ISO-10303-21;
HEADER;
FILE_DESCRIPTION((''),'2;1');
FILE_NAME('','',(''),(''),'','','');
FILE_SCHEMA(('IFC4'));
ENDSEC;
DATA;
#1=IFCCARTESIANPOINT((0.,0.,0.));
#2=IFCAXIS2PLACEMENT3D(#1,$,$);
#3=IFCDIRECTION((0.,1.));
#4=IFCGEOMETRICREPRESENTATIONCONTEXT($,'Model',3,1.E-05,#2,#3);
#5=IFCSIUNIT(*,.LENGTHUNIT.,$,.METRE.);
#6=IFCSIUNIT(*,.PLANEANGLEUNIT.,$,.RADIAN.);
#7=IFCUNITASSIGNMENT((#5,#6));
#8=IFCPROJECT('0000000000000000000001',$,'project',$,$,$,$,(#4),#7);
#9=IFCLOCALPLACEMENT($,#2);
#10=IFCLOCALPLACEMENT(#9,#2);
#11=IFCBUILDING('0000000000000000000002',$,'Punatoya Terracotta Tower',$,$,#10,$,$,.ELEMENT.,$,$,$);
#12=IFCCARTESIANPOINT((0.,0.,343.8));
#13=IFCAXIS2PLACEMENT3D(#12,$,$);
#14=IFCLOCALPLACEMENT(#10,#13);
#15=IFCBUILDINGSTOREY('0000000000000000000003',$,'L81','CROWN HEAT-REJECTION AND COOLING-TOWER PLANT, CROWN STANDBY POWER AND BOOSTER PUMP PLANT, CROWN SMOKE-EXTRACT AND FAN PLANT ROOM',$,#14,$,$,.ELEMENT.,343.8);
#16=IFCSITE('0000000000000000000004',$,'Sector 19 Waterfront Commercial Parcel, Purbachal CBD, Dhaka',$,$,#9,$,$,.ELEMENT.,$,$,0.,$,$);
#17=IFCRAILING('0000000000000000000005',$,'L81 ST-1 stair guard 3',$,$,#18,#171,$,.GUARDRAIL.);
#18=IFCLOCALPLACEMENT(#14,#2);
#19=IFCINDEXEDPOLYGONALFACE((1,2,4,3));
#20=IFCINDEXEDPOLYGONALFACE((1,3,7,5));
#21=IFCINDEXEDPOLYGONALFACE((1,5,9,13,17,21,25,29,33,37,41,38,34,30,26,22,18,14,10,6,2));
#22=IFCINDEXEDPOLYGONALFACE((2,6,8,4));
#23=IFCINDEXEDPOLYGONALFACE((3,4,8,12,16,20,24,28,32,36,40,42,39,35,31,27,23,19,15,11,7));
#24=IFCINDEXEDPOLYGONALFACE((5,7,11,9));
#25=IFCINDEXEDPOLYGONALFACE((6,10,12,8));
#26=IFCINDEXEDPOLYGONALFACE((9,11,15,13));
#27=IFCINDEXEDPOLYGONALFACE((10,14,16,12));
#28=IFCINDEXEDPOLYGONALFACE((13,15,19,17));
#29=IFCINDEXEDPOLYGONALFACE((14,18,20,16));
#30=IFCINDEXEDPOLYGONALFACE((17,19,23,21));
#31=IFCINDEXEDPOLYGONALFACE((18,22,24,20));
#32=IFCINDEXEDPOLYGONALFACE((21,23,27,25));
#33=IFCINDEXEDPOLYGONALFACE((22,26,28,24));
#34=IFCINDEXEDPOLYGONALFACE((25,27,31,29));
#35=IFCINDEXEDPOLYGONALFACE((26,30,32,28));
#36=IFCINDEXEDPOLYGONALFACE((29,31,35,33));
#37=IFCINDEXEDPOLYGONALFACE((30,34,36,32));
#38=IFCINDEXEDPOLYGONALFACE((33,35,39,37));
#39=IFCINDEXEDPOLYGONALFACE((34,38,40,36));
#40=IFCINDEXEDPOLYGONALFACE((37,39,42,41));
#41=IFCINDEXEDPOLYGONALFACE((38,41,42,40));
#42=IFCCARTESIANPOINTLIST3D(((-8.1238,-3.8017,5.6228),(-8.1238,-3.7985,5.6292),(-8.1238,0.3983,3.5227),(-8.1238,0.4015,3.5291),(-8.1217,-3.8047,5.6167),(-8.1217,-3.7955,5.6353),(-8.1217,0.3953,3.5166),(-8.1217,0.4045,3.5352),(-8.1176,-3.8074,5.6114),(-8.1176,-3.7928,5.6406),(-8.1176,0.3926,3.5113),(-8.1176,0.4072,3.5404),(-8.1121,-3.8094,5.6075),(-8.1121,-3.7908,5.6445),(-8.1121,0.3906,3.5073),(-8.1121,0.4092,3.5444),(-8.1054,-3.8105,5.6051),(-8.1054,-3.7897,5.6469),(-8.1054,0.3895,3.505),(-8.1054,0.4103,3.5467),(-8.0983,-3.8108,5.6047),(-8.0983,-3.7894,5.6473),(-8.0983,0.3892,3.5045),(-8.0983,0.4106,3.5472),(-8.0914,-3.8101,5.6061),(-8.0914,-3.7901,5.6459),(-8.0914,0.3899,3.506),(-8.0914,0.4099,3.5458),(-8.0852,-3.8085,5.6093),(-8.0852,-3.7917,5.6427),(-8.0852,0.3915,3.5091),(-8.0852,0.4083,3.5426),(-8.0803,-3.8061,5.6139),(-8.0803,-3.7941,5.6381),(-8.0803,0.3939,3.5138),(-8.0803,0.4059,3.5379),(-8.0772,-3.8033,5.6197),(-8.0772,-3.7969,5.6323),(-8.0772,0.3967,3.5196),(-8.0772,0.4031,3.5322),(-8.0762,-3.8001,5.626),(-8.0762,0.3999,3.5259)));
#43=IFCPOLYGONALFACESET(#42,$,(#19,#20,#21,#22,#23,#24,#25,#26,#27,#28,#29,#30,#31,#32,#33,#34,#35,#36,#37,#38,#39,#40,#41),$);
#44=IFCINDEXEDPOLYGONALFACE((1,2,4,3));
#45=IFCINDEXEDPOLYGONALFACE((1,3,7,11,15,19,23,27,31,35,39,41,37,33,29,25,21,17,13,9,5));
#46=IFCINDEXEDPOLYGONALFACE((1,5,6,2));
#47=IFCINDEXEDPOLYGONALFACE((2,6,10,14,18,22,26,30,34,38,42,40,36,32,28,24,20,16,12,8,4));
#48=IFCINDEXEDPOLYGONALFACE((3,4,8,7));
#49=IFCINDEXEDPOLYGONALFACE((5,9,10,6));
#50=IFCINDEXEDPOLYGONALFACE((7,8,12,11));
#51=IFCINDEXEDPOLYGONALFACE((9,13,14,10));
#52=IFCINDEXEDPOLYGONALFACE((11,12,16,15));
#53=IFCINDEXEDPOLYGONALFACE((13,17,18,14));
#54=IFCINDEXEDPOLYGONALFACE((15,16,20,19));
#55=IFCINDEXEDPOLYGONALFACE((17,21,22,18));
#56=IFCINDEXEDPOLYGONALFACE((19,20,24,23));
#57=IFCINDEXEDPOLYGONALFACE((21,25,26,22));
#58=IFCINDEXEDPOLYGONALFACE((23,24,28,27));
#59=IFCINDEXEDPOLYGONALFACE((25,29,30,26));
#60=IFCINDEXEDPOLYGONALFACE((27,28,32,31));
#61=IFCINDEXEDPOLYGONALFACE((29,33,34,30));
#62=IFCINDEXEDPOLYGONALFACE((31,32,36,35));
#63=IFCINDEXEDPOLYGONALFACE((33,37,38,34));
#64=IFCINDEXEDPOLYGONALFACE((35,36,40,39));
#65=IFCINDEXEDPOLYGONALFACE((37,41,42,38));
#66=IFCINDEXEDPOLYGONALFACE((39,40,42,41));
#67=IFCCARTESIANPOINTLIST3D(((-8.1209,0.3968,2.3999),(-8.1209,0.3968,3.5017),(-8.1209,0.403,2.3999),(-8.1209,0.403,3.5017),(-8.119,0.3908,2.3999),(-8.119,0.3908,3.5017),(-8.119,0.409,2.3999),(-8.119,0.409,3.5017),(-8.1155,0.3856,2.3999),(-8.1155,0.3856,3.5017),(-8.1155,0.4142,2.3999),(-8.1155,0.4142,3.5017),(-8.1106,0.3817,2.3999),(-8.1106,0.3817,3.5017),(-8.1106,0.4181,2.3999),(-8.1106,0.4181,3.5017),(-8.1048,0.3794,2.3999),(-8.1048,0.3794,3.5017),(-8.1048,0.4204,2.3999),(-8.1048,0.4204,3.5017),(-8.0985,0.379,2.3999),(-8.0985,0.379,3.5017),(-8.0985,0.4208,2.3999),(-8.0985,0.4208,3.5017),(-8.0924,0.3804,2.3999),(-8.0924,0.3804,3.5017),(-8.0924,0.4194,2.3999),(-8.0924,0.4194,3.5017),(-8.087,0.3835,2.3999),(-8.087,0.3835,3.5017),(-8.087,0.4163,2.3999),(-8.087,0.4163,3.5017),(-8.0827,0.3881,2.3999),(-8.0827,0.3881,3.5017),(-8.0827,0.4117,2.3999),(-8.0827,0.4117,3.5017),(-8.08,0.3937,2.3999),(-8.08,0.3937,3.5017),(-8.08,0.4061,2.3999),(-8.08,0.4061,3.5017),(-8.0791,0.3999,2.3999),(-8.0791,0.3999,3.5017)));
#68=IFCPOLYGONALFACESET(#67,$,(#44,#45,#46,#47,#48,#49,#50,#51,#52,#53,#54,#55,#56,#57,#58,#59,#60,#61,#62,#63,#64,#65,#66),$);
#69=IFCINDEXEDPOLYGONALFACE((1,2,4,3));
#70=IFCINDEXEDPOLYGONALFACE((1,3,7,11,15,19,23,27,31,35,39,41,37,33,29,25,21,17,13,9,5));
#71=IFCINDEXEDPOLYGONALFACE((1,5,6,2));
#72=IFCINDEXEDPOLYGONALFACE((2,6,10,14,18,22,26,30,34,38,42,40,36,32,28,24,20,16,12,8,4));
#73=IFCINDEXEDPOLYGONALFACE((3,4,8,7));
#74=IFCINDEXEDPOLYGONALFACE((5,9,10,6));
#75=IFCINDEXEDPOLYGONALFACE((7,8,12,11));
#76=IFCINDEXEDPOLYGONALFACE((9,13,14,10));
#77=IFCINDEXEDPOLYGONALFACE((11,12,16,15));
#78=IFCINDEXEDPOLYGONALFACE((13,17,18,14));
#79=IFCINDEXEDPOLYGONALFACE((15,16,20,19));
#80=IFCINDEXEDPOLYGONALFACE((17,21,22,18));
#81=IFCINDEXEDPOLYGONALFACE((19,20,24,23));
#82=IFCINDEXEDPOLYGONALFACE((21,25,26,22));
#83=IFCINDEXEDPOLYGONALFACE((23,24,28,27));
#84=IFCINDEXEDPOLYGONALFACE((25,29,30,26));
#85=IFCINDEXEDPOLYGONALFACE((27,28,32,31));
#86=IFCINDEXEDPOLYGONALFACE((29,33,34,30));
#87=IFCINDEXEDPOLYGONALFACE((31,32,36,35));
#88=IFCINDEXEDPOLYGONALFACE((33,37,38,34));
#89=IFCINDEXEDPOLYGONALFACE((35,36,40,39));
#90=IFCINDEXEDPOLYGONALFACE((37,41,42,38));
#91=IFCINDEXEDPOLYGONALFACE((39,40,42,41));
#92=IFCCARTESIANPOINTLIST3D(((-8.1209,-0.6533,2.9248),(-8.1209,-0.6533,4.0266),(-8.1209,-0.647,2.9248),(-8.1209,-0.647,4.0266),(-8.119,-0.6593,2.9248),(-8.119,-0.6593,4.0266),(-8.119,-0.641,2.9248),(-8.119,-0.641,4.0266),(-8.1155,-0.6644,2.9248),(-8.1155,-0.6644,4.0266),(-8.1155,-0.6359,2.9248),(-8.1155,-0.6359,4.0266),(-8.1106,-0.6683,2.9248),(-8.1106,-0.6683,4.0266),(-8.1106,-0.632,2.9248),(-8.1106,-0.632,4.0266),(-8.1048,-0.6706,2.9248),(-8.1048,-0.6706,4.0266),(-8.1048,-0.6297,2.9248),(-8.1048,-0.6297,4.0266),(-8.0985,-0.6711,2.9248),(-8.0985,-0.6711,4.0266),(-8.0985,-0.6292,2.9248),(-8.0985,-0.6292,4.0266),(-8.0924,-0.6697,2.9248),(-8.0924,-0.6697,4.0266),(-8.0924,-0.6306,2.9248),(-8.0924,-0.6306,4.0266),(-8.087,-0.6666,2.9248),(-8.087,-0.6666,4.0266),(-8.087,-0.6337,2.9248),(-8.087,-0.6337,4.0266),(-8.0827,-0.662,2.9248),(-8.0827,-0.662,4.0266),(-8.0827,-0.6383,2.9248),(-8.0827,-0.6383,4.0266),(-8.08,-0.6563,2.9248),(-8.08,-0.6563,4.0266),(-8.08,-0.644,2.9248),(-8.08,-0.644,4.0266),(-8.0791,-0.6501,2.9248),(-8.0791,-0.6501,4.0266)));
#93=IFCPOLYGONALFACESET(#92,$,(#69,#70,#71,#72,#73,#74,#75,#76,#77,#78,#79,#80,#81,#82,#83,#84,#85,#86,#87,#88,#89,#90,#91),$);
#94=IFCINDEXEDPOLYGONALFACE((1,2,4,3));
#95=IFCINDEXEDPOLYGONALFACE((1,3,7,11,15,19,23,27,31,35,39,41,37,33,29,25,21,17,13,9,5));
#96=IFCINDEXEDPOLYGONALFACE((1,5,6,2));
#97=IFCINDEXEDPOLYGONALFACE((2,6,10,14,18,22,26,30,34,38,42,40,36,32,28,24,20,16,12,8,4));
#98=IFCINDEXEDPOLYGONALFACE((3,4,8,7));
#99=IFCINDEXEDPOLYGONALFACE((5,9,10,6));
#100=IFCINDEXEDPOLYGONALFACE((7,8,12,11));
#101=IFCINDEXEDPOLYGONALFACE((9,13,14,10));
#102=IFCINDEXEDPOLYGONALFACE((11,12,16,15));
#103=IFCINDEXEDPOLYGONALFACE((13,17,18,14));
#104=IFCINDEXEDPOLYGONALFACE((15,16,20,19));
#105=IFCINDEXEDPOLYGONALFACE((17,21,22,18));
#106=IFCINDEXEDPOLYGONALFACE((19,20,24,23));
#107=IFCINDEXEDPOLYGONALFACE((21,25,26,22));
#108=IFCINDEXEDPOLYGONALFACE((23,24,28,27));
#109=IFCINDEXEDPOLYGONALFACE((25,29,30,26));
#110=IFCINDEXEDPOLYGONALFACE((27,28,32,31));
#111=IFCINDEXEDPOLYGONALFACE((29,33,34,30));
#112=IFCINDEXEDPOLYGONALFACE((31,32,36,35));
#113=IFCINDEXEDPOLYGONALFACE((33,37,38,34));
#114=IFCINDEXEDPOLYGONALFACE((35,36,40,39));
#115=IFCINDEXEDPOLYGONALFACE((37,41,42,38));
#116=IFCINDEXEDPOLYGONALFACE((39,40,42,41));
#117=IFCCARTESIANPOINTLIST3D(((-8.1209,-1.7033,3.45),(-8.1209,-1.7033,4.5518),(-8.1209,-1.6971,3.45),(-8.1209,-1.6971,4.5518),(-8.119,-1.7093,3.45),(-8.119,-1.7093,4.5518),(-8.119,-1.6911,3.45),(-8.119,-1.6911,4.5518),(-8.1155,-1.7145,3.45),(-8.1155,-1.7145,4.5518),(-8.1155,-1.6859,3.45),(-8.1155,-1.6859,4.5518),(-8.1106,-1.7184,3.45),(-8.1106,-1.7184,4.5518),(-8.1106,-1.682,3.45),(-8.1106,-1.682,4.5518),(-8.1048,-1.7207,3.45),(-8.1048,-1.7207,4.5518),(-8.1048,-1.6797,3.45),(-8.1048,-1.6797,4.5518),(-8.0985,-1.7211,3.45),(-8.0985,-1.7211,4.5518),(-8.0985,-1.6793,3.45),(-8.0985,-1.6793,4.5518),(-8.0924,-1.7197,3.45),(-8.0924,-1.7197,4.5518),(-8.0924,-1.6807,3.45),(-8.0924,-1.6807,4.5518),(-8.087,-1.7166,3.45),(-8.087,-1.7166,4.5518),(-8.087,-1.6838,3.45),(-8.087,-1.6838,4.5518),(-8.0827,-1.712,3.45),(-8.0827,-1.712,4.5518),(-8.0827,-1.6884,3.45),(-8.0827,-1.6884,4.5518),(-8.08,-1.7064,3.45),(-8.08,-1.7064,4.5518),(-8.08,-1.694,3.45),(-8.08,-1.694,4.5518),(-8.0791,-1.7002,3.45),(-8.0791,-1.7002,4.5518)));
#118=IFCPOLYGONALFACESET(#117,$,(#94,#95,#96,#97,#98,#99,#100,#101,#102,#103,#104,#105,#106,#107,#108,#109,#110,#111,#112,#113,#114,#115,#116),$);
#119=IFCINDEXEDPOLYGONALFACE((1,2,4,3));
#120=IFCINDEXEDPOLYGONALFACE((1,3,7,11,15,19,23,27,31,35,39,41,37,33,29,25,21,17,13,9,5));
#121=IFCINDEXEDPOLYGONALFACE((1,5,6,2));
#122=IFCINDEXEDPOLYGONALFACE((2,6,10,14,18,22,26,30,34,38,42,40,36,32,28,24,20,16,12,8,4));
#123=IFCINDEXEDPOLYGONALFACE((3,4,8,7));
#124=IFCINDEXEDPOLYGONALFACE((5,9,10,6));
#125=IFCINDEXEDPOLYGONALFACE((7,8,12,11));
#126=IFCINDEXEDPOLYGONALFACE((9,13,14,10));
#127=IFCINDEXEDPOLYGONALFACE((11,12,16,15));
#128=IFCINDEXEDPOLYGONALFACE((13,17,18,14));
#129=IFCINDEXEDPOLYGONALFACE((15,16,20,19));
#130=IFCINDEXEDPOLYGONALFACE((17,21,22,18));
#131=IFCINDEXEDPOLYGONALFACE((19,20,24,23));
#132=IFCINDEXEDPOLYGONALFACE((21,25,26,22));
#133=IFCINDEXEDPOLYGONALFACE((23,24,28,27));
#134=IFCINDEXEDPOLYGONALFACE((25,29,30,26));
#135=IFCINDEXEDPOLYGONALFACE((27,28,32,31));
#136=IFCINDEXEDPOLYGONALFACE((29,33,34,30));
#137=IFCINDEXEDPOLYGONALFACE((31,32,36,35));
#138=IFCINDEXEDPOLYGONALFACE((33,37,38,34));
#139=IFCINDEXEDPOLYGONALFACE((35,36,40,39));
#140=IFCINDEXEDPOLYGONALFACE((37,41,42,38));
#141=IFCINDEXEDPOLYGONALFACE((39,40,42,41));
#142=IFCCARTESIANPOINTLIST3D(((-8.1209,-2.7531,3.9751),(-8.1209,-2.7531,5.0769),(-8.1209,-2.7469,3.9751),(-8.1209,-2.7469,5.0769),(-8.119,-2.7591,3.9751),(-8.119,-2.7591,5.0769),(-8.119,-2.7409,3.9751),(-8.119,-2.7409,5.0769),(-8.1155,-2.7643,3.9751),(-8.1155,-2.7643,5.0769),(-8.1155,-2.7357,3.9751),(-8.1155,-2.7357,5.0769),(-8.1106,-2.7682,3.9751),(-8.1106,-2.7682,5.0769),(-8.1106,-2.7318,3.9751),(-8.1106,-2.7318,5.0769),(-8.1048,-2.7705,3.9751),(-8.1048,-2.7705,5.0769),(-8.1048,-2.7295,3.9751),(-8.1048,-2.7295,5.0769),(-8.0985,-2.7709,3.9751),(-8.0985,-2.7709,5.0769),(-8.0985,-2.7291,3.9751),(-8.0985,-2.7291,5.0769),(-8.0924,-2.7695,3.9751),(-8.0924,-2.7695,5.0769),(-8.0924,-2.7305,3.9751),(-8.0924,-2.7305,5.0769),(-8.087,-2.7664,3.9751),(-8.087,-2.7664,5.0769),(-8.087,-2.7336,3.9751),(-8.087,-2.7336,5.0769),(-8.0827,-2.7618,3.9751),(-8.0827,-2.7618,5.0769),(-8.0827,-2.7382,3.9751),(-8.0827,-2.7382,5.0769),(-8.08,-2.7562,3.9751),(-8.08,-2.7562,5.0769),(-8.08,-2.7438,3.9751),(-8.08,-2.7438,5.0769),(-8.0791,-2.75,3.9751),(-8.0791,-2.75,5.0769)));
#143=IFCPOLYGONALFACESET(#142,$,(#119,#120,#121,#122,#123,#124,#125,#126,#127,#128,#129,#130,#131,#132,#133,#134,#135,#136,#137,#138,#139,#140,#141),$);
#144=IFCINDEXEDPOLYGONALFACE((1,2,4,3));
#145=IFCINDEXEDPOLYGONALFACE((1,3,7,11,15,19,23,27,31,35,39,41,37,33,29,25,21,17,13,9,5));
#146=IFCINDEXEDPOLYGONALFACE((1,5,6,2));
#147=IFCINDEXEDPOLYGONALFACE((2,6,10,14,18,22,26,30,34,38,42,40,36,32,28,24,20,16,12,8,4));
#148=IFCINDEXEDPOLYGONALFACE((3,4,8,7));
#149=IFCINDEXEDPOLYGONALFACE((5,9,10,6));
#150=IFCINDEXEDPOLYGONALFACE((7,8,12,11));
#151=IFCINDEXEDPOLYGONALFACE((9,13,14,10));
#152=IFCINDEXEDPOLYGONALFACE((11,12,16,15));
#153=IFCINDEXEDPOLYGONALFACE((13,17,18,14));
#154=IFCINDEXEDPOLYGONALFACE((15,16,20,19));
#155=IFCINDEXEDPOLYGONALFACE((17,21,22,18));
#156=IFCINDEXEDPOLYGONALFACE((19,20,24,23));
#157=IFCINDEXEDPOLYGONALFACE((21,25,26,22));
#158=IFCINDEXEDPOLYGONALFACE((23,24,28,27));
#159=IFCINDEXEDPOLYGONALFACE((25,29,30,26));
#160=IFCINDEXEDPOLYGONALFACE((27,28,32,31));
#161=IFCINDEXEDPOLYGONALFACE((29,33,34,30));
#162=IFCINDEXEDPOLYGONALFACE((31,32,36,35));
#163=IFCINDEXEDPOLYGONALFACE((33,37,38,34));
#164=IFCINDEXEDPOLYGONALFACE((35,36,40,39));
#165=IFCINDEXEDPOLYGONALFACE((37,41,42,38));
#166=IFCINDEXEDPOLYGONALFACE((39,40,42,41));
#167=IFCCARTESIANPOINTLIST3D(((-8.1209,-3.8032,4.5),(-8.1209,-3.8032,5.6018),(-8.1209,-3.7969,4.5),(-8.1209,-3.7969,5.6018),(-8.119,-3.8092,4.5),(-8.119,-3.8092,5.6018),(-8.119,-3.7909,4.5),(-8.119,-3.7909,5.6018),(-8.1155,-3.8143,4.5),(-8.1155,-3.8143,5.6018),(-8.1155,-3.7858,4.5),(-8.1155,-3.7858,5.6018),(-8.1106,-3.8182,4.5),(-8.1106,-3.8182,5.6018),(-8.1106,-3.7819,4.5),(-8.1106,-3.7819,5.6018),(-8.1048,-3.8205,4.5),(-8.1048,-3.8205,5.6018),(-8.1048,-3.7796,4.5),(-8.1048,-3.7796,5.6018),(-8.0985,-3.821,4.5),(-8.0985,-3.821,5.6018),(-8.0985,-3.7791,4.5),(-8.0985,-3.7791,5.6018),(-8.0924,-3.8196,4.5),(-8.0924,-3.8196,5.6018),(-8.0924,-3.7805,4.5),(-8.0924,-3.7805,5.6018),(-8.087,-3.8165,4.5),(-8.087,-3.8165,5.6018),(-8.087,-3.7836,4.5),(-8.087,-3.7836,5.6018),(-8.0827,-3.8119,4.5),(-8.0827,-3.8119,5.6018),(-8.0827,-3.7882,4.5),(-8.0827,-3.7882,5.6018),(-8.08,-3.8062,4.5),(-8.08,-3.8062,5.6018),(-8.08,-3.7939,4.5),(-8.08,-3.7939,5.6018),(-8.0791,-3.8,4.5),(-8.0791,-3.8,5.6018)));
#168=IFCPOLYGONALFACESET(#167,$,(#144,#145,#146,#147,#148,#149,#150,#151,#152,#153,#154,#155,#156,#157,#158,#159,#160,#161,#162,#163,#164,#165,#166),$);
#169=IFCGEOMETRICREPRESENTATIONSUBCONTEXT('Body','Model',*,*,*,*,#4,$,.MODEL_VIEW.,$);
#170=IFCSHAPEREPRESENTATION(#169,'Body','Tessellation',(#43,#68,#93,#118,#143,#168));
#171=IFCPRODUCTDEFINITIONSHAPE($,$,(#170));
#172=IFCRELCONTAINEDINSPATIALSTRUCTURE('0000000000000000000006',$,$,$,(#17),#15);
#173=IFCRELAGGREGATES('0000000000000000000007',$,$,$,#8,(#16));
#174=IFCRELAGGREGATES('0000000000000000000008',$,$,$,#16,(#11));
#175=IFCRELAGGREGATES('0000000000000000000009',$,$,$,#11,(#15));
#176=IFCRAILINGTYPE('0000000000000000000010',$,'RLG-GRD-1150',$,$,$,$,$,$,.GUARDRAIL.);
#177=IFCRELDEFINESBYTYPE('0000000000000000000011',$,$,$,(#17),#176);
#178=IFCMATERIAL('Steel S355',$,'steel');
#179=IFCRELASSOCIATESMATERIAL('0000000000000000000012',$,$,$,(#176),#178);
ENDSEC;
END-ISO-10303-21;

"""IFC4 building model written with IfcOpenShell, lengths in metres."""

from ifc_helpers import new_model, si_unit, direction, frame, origin, origin_2d, place, context, subcontext, project, spatial, circle, extrude, material, type_object, element, save


model = new_model("IFC4")

# Units and contexts
model_context = context("Model", 3, precision=1e-05, world=origin(), true_north=direction((0.0, 1.0)))
body_context = subcontext(model_context, "Body", "Model", "MODEL_VIEW")
ifc_project = project(units=[si_unit("LENGTHUNIT", "METRE"), si_unit("PLANEANGLEUNIT", "RADIAN")], contexts=[model_context])

# Site, building, storey
site_placement = place(None, origin())
site = spatial("IfcSite", under=ifc_project, at=site_placement, Name="Sector 19 Waterfront Commercial Parcel, Purbachal CBD, Dhaka", CompositionType="ELEMENT", RefElevation=0.0)
building_placement = place(site_placement, origin())
building = spatial("IfcBuilding", under=site, at=building_placement, Name="Punatoya Terracotta Tower", CompositionType="ELEMENT")
storey_placement = place(building_placement, frame((0.0, 0.0, 343.8)))
storey = spatial("IfcBuildingStorey", under=building, at=storey_placement, Name="L81", Description="CROWN HEAT-REJECTION AND COOLING-TOWER PLANT, CROWN STANDBY POWER AND BOOSTER PUMP PLANT, CROWN SMOKE-EXTRACT AND FAN PLANT ROOM", CompositionType="ELEMENT", Elevation=343.8)

# Shared definitions
ifc_material_1 = material(Name="Steel S355", Category="steel")

# Railing
railing_type_1 = type_object("IfcRailingType", Name="RLG-GRD-1150", PredefinedType="GUARDRAIL", material=ifc_material_1)
railing_1_placement = place(storey_placement, frame((-8.1001, 0.3999, 2.3999)))
element("IfcRailing", 1, at=railing_1_placement, inside=storey, type_object=railing_type_1, Name="L81 ST-1 stair guard 3", PredefinedType="GUARDRAIL", context=body_context, shape_type="SweptSolid", body=[
    extrude(circle(Radius=0.0239, at=origin_2d()), frame((0.0, 0.0, 1.126), z_axis=(0.0, -0.894417, 0.447234), x_axis=(1.0, 0.0, 0.0)), (0.0, 0.0, 1.0), 4.6958),
    extrude(circle(Radius=0.021, at=origin_2d()), origin(), (0.0, 0.0, 1.0), 1.1018),
    extrude(circle(Radius=0.021, at=origin_2d()), frame((0.0, -1.05, 0.5249)), (0.0, 0.0, 1.0), 1.1018),
    extrude(circle(Radius=0.021, at=origin_2d()), frame((0.0, -2.1001, 1.05)), (0.0, 0.0, 1.0), 1.1018),
    extrude(circle(Radius=0.021, at=origin_2d()), frame((0.0, -3.1499, 1.5752)), (0.0, 0.0, 1.0), 1.1018),
    extrude(circle(Radius=0.021, at=origin_2d()), frame((0.0, -4.2, 2.1001)), (0.0, 0.0, 1.0), 1.1018),
])

save(model, "model.ifc")
